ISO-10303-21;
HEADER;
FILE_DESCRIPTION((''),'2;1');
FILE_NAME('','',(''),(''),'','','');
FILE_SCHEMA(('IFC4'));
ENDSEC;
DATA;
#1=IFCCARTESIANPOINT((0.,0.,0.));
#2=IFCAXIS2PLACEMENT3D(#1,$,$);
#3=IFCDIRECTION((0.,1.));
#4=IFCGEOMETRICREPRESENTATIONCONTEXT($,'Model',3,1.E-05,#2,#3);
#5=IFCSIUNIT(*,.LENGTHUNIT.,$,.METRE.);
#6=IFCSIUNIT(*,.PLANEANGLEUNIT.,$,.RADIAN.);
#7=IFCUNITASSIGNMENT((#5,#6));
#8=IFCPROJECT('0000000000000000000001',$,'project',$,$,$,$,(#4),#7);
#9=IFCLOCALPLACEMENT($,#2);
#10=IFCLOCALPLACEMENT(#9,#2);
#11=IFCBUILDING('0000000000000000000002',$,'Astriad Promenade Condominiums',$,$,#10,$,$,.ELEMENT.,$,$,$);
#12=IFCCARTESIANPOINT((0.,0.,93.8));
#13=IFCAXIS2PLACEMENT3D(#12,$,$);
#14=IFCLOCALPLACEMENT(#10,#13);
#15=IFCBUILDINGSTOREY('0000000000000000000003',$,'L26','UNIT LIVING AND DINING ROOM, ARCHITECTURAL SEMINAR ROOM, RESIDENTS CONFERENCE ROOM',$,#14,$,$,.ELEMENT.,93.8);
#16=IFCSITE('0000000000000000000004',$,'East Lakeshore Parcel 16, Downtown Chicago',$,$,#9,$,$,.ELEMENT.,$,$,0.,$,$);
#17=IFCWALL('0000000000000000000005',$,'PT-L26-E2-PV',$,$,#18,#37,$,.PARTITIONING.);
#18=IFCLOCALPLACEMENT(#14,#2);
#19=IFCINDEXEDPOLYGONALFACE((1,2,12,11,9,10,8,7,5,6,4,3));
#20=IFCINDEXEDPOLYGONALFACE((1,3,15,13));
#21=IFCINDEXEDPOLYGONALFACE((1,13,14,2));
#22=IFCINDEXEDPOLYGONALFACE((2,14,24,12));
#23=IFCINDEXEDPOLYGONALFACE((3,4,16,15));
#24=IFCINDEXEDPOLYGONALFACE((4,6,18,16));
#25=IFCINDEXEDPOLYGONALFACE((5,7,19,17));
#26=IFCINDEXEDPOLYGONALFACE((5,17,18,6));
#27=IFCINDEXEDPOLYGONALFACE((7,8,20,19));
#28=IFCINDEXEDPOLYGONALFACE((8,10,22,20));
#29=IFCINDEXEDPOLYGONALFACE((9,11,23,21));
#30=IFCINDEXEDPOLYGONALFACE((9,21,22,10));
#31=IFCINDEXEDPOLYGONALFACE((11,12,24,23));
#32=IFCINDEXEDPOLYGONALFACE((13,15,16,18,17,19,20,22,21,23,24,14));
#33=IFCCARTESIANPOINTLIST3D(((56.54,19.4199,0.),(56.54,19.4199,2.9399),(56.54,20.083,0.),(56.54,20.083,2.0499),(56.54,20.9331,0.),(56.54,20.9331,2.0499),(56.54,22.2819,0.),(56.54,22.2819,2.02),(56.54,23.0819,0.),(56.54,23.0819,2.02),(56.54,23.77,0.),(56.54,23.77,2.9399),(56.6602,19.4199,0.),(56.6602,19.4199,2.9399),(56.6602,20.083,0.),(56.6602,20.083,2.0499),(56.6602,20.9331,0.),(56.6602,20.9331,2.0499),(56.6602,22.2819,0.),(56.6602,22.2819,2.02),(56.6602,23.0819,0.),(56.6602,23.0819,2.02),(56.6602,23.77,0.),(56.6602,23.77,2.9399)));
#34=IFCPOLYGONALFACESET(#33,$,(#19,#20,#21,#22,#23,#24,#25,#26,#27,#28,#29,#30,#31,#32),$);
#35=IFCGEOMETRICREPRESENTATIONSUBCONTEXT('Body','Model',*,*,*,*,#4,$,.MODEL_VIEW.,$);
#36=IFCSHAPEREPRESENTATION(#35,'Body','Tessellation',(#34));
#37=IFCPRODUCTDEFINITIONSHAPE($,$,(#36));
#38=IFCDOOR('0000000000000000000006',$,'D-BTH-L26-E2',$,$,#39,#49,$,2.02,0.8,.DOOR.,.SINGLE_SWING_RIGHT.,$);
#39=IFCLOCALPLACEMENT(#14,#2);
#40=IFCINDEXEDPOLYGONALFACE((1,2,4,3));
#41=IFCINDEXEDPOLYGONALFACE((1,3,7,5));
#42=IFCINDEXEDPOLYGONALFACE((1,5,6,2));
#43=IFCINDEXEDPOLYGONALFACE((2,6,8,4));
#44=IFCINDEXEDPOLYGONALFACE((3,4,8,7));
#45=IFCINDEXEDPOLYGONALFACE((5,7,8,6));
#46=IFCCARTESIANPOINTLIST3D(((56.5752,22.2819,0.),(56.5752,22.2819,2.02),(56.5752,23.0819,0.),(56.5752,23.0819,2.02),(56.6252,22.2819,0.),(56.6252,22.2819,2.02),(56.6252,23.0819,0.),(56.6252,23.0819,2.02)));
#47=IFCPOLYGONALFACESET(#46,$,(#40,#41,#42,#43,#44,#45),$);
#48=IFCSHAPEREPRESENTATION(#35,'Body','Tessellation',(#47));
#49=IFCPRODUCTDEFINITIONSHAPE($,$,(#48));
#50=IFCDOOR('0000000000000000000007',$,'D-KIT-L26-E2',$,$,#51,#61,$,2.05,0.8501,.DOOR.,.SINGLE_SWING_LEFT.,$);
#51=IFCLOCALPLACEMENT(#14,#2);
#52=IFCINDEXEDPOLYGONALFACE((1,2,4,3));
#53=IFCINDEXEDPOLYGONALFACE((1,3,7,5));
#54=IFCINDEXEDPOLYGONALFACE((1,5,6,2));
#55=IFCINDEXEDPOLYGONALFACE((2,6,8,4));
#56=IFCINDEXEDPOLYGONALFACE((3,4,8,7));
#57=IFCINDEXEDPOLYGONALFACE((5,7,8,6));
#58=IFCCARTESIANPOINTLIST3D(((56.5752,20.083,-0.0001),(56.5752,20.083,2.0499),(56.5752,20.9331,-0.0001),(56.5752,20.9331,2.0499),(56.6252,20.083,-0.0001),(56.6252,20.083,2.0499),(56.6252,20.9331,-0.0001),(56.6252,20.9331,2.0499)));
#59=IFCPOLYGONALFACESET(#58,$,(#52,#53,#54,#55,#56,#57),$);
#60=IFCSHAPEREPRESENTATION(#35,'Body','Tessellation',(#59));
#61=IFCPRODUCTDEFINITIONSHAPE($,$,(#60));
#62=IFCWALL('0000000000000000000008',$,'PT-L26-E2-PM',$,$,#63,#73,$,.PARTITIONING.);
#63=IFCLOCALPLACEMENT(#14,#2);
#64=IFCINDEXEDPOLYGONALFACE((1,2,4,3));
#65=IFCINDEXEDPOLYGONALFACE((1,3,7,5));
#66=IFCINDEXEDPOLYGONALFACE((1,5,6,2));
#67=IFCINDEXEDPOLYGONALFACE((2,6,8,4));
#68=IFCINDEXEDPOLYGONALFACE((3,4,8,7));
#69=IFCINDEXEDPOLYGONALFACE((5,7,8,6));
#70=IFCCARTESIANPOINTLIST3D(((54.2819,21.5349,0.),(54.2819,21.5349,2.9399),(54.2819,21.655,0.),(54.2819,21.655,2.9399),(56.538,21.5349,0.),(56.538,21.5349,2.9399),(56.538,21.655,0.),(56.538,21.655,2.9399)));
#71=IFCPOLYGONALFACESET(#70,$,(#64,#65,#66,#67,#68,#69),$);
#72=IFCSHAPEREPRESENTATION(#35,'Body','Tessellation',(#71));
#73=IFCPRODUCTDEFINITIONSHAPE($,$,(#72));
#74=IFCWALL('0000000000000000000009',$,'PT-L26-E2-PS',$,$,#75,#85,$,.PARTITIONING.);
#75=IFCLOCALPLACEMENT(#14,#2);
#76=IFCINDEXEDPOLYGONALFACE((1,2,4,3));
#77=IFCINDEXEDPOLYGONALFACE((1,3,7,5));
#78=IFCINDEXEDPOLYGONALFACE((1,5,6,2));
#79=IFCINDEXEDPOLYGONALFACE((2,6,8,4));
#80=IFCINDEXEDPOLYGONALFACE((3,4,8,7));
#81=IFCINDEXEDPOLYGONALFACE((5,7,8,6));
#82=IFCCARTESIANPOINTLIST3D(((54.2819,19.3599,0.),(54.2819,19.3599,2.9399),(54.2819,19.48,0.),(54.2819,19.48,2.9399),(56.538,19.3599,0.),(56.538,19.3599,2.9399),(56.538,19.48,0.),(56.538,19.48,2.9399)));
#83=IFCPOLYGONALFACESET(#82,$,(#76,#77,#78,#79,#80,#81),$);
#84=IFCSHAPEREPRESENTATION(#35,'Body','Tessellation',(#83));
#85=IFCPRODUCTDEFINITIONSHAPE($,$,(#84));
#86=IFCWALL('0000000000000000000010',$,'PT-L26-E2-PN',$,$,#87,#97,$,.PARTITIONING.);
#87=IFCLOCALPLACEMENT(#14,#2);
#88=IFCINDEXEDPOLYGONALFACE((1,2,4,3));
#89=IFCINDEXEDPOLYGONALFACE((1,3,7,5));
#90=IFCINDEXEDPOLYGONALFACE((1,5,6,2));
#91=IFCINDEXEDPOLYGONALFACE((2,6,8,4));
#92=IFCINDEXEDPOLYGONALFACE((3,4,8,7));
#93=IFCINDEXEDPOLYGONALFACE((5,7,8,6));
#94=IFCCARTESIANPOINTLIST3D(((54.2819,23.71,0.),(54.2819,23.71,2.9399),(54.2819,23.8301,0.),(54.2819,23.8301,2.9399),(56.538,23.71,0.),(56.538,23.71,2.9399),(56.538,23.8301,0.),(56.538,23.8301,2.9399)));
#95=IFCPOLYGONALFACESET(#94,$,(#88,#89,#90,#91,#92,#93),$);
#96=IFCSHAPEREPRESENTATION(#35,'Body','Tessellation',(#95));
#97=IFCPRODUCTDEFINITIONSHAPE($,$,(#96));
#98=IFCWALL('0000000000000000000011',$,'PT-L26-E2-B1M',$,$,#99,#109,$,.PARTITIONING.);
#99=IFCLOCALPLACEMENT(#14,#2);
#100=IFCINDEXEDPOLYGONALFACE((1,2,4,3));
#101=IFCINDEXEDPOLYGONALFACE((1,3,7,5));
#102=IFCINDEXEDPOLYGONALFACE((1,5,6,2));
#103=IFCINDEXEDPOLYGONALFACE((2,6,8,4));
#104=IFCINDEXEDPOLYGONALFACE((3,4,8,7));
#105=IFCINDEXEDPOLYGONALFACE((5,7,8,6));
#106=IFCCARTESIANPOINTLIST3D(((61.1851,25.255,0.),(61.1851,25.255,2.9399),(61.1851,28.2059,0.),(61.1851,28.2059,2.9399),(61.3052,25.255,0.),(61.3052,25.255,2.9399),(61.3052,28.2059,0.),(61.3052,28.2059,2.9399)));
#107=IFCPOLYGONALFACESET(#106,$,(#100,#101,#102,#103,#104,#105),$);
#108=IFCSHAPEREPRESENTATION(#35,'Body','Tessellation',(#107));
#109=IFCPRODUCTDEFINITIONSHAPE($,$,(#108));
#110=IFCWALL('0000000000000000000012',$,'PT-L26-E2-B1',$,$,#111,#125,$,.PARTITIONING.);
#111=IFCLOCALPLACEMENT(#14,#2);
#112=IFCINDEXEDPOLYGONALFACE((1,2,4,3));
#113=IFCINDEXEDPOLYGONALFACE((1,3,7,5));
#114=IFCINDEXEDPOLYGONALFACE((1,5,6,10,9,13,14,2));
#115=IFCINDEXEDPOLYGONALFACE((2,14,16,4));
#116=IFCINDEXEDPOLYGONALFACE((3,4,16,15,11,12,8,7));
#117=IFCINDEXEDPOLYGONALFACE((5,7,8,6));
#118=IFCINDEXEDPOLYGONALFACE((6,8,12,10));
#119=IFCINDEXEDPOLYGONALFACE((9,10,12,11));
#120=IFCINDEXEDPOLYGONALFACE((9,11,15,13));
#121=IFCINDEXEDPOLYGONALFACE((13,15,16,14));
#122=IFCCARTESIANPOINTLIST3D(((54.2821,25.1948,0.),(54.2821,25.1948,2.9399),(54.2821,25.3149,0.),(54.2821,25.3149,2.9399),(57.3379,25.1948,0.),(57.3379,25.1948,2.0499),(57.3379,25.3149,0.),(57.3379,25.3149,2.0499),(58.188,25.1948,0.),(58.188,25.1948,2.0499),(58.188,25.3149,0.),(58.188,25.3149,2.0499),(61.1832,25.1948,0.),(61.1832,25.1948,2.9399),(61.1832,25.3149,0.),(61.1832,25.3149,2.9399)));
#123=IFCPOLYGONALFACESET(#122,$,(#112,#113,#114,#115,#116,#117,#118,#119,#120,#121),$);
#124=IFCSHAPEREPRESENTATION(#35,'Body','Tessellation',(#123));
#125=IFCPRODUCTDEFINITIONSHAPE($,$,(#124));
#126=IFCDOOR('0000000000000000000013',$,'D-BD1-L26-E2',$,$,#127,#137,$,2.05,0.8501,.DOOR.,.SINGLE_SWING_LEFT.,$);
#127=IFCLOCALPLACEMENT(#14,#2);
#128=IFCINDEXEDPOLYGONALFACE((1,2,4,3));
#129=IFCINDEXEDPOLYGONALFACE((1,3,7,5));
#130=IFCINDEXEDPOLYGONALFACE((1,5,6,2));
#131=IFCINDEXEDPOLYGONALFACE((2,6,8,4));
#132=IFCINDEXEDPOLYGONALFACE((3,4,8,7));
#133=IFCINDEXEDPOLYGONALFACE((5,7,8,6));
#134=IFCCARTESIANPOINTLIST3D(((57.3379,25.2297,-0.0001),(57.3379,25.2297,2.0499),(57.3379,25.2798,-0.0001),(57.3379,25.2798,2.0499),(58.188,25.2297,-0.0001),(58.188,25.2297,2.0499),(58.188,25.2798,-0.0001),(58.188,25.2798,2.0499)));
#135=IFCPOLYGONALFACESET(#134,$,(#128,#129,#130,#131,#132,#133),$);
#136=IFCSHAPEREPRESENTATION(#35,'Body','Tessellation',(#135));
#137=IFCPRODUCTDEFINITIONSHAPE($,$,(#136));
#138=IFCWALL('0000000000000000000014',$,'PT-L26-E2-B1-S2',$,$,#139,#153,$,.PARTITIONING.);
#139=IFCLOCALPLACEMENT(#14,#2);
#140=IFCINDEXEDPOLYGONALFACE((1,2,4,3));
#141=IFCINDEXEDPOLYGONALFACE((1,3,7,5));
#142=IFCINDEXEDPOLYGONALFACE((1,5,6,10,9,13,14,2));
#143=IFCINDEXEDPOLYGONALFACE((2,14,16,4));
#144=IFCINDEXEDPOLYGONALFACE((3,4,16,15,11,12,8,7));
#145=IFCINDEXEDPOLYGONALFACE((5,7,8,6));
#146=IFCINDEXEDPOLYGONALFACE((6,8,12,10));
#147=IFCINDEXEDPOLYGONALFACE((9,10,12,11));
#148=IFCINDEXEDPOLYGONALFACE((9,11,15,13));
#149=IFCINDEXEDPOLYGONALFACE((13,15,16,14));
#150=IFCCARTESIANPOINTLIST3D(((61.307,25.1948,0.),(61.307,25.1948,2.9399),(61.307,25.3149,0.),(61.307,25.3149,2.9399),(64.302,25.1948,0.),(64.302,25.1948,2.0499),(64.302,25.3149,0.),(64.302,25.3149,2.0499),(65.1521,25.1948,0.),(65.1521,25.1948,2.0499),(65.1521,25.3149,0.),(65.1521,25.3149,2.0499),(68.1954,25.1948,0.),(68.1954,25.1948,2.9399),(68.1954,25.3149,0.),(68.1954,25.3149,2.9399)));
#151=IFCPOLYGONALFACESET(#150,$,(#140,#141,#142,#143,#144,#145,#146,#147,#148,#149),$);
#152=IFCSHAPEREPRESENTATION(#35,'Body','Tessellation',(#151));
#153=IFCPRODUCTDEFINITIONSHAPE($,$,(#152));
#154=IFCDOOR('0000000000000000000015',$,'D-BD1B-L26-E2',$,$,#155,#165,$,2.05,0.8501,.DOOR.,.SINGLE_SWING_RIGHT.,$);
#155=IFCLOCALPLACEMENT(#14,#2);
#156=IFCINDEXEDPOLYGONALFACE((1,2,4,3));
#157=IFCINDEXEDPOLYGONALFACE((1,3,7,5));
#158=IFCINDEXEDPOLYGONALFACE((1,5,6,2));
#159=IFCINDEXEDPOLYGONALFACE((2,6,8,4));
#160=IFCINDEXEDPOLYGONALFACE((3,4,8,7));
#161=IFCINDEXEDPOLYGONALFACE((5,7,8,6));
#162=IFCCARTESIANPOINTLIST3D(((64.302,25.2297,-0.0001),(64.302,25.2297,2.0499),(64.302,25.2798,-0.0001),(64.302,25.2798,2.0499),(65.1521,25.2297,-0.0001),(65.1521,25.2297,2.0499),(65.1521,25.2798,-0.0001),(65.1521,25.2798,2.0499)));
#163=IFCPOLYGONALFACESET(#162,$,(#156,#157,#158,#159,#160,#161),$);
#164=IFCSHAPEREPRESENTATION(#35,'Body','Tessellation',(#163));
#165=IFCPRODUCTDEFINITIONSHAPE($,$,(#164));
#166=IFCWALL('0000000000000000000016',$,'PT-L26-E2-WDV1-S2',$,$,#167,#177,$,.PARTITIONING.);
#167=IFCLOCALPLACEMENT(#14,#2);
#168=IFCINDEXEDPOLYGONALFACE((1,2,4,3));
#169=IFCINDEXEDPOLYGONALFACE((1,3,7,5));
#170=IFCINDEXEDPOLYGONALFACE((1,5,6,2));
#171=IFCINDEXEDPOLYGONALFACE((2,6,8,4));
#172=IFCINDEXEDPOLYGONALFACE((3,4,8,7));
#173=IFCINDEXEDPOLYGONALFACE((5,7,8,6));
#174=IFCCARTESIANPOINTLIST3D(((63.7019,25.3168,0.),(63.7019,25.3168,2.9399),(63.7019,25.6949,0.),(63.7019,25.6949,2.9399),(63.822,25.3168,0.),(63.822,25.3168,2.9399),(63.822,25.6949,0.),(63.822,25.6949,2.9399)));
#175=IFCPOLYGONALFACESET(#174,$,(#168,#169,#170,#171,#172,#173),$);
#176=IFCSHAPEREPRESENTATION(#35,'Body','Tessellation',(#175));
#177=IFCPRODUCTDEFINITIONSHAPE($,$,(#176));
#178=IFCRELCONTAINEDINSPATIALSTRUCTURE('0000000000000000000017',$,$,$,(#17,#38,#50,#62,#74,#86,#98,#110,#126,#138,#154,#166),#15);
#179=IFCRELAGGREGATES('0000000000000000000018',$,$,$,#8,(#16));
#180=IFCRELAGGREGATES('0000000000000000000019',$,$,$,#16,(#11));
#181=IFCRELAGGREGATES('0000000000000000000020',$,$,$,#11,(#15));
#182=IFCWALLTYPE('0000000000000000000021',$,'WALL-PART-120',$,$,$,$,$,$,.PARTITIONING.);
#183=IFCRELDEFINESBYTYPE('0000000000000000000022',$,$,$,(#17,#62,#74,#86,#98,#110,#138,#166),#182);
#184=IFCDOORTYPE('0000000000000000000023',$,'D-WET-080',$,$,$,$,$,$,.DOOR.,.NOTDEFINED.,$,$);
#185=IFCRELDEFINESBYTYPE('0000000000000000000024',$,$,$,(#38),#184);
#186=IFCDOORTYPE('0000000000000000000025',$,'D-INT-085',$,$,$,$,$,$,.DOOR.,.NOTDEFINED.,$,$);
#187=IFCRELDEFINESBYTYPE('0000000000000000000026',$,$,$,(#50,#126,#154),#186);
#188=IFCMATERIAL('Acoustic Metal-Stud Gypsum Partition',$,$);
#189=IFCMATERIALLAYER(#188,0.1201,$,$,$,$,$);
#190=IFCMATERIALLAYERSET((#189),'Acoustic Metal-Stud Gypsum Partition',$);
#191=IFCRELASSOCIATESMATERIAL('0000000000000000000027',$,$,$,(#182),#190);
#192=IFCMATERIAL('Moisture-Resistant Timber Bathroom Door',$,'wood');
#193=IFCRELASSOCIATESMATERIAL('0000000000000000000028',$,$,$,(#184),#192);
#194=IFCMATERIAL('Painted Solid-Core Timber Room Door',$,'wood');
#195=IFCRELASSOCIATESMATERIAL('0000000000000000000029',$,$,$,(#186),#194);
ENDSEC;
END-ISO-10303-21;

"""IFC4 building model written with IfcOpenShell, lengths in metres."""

from ifc_helpers import new_model, si_unit, direction, frame, frame_2d, origin, place, context, subcontext, project, spatial, rectangle, extrude, source, transform, mapped, material, layer, layer_set, type_object, type_shapes, element, fill, save


model = new_model("IFC4")

# Units and contexts
model_context = context("Model", 3, precision=1e-05, world=origin(), true_north=direction((0.0, 1.0)))
body_context = subcontext(model_context, "Body", "Model", "MODEL_VIEW")
ifc_project = project(units=[si_unit("LENGTHUNIT", "METRE"), si_unit("PLANEANGLEUNIT", "RADIAN")], contexts=[model_context])

# Site, building, storey
site_placement = place(None, origin())
site = spatial("IfcSite", under=ifc_project, at=site_placement, Name="East Lakeshore Parcel 16, Downtown Chicago", CompositionType="ELEMENT", RefElevation=0.0)
building_placement = place(site_placement, origin())
building = spatial("IfcBuilding", under=site, at=building_placement, Name="Astriad Promenade Condominiums", CompositionType="ELEMENT")
storey_placement = place(building_placement, frame((0.0, 0.0, 93.8)))
storey = spatial("IfcBuildingStorey", under=building, at=storey_placement, Name="L26", Description="UNIT LIVING AND DINING ROOM, ARCHITECTURAL SEMINAR ROOM, RESIDENTS CONFERENCE ROOM", CompositionType="ELEMENT", Elevation=93.8)

# Wall, openings, doors
ifc_material_1 = material(Name="Acoustic Metal-Stud Gypsum Partition")
ifc_layer_1 = layer(ifc_material_1, 0.1201)
ifc_layer_set_1 = layer_set([ifc_layer_1], Name="Acoustic Metal-Stud Gypsum Partition")
wall_type_1 = type_object("IfcWallType", Name="WALL-PART-120", PredefinedType="PARTITIONING", material=ifc_layer_set_1)
wall_1_placement = place(storey_placement, frame((56.6001, 19.4199, 0.0), z_axis=(0.0, 0.0, 1.0), x_axis=(0.0, 1.0, 0.0)))
wall_1 = element("IfcWall", 1, at=wall_1_placement, inside=storey, type_object=wall_type_1, Name="PT-L26-E2-PV", PredefinedType="PARTITIONING", context=body_context, shape_type="SweptSolid", body=[
    extrude(rectangle(XDim=4.3501, YDim=0.1201, at=frame_2d((2.175, 0.0))), origin(), (0.0, 0.0, 1.0), 2.9399),
])
opening_1_placement = place(wall_1_placement, frame((0.6631, 0.0, 0.0)))
opening_1 = element("IfcOpeningElement", 2, at=opening_1_placement, cuts=wall_1, PredefinedType="OPENING", context=body_context, shape_type="SweptSolid", body=[
    extrude(rectangle(XDim=0.8501, YDim=2.05, at=frame_2d((0.425, 1.0249))), frame((0.0, 0.0701, 0.0), z_axis=(0.0, -1.0, 0.0), x_axis=(1.0, 0.0, 0.0)), (0.0, 0.0, 1.0), 0.1401),
])
opening_2_placement = place(wall_1_placement, frame((2.8621, 0.0, 0.0)))
opening_2 = element("IfcOpeningElement", 3, at=opening_2_placement, cuts=wall_1, PredefinedType="OPENING", context=body_context, shape_type="SweptSolid", body=[
    extrude(rectangle(XDim=0.8, YDim=2.02, at=frame_2d((0.3999, 1.01))), frame((0.0, 0.0701, 0.0), z_axis=(0.0, -1.0, 0.0), x_axis=(1.0, 0.0, 0.0)), (0.0, 0.0, 1.0), 0.1401),
])
ifc_material_2 = material(Name="Moisture-Resistant Timber Bathroom Door", Category="wood")
door_type_1 = type_object("IfcDoorType", Name="D-WET-080", OperationType="NOTDEFINED", PredefinedType="DOOR", material=ifc_material_2)
shared_shape_1 = source(origin(), body_context, "Body", "SweptSolid", [
    extrude(rectangle(XDim=0.8, YDim=2.02, at=frame_2d((0.3999, 1.01))), frame((0.0, 0.0249, 0.0), z_axis=(0.0, -1.0, 0.0), x_axis=(1.0, 0.0, 0.0)), (0.0, 0.0, 1.0), 0.05),
])
type_shapes(door_type_1, [shared_shape_1])
door_1_placement = place(opening_2_placement, origin())
door_1 = element("IfcDoor", 4, at=door_1_placement, inside=storey, type_object=door_type_1, Name="D-BTH-L26-E2", OperationType="SINGLE_SWING_RIGHT", OverallHeight=2.02, OverallWidth=0.8, PredefinedType="DOOR", context=body_context, shape_type="MappedRepresentation", body=[
    mapped(shared_shape_1, transform((0.0, 0.0, 0.0), scale=1.0)),
])
fill(opening_2, door_1)
ifc_material_3 = material(Name="Painted Solid-Core Timber Room Door", Category="wood")
door_type_2 = type_object("IfcDoorType", Name="D-INT-085", OperationType="NOTDEFINED", PredefinedType="DOOR", material=ifc_material_3)
shared_shape_2 = source(origin(), body_context, "Body", "SweptSolid", [
    extrude(rectangle(XDim=0.8501, YDim=2.05, at=frame_2d((0.425, 1.0249))), frame((0.0, 0.0249, 0.0), z_axis=(0.0, -1.0, 0.0), x_axis=(1.0, 0.0, 0.0)), (0.0, 0.0, 1.0), 0.05),
])
type_shapes(door_type_2, [shared_shape_2])
door_2_placement = place(opening_1_placement, origin())
door_2 = element("IfcDoor", 5, at=door_2_placement, inside=storey, type_object=door_type_2, Name="D-KIT-L26-E2", OperationType="SINGLE_SWING_LEFT", OverallHeight=2.05, OverallWidth=0.8501, PredefinedType="DOOR", context=body_context, shape_type="MappedRepresentation", body=[
    mapped(shared_shape_2, transform((0.0, 0.0, 0.0), scale=1.0)),
])
fill(opening_1, door_2)

# Walls
for number, where, z_axis, x_axis, name in (
    (6, (54.282, 21.595, 0.0), (0.0, 0.0, 1.0), (1.0, 0.0, 0.0), "PT-L26-E2-PM"),
    (7, (54.282, 19.4199, 0.0), (0.0, 0.0, 1.0), (1.0, 0.0, 0.0), "PT-L26-E2-PS"),
    (8, (54.282, 23.77, 0.0), (0.0, 0.0, 1.0), (1.0, 0.0, 0.0), "PT-L26-E2-PN"),
):
    element("IfcWall", number, at=place(storey_placement, frame(where, z_axis=z_axis, x_axis=x_axis)), inside=storey, type_object=wall_type_1, Name=name, PredefinedType="PARTITIONING", context=body_context, shape_type="SweptSolid", body=[
        extrude(rectangle(XDim=2.2561, YDim=0.1201, at=frame_2d((1.1279, 0.0))), origin(), (0.0, 0.0, 1.0), 2.9399),
    ])
wall_2_placement = place(storey_placement, frame((61.2451, 25.2549, 0.0), z_axis=(0.0, 0.0, 1.0), x_axis=(0.0, 1.0, 0.0)))
element("IfcWall", 9, at=wall_2_placement, inside=storey, type_object=wall_type_1, Name="PT-L26-E2-B1M", PredefinedType="PARTITIONING", context=body_context, shape_type="SweptSolid", body=[
    extrude(rectangle(XDim=2.9509, YDim=0.1201, at=frame_2d((1.4756, 0.0))), origin(), (0.0, 0.0, 1.0), 2.9399),
])

# Walls, openings, doors
wall_3_placement = place(storey_placement, frame((54.282, 25.2549, 0.0), z_axis=(0.0, 0.0, 1.0), x_axis=(1.0, 0.0, 0.0)))
wall_3 = element("IfcWall", 10, at=wall_3_placement, inside=storey, type_object=wall_type_1, Name="PT-L26-E2-B1", PredefinedType="PARTITIONING", context=body_context, shape_type="SweptSolid", body=[
    extrude(rectangle(XDim=6.9011, YDim=0.1201, at=frame_2d((3.4507, 0.0))), origin(), (0.0, 0.0, 1.0), 2.9399),
])
opening_3_placement = place(wall_3_placement, frame((3.0559, 0.0, 0.0)))
opening_3 = element("IfcOpeningElement", 11, at=opening_3_placement, cuts=wall_3, PredefinedType="OPENING", context=body_context, shape_type="SweptSolid", body=[
    extrude(rectangle(XDim=0.8501, YDim=2.05, at=frame_2d((0.425, 1.0249))), frame((0.0, 0.0701, 0.0), z_axis=(0.0, -1.0, 0.0), x_axis=(1.0, 0.0, 0.0)), (0.0, 0.0, 1.0), 0.1401),
])
door_3_placement = place(opening_3_placement, origin())
door_3 = element("IfcDoor", 12, at=door_3_placement, inside=storey, type_object=door_type_2, Name="D-BD1-L26-E2", OperationType="SINGLE_SWING_LEFT", OverallHeight=2.05, OverallWidth=0.8501, PredefinedType="DOOR", context=body_context, shape_type="MappedRepresentation", body=[
    mapped(shared_shape_2, transform((0.0, 0.0, 0.0), scale=1.0)),
])
fill(opening_3, door_3)
wall_4_placement = place(storey_placement, frame((61.3069, 25.2549, 0.0), z_axis=(0.0, 0.0, 1.0), x_axis=(1.0, 0.0, 0.0)))
wall_4 = element("IfcWall", 13, at=wall_4_placement, inside=storey, type_object=wall_type_1, Name="PT-L26-E2-B1-S2", PredefinedType="PARTITIONING", context=body_context, shape_type="SweptSolid", body=[
    extrude(rectangle(XDim=6.8884, YDim=0.1201, at=frame_2d((3.4443, 0.0))), origin(), (0.0, 0.0, 1.0), 2.9399),
])
opening_4_placement = place(wall_4_placement, frame((2.9951, 0.0, 0.0)))
opening_4 = element("IfcOpeningElement", 14, at=opening_4_placement, cuts=wall_4, PredefinedType="OPENING", context=body_context, shape_type="SweptSolid", body=[
    extrude(rectangle(XDim=0.8501, YDim=2.05, at=frame_2d((0.425, 1.0249))), frame((0.0, 0.0701, 0.0), z_axis=(0.0, -1.0, 0.0), x_axis=(1.0, 0.0, 0.0)), (0.0, 0.0, 1.0), 0.1401),
])
door_4_placement = place(opening_4_placement, origin())
door_4 = element("IfcDoor", 15, at=door_4_placement, inside=storey, type_object=door_type_2, Name="D-BD1B-L26-E2", OperationType="SINGLE_SWING_RIGHT", OverallHeight=2.05, OverallWidth=0.8501, PredefinedType="DOOR", context=body_context, shape_type="MappedRepresentation", body=[
    mapped(shared_shape_2, transform((0.0, 0.0, 0.0), scale=1.0)),
])
fill(opening_4, door_4)

# Wall
wall_5_placement = place(storey_placement, frame((63.762, 25.3169, 0.0), z_axis=(0.0, 0.0, 1.0), x_axis=(0.0, 1.0, 0.0)))
element("IfcWall", 16, at=wall_5_placement, inside=storey, type_object=wall_type_1, Name="PT-L26-E2-WDV1-S2", PredefinedType="PARTITIONING", context=body_context, shape_type="SweptSolid", body=[
    extrude(rectangle(XDim=0.3782, YDim=0.1201, at=frame_2d((0.189, 0.0))), origin(), (0.0, 0.0, 1.0), 2.9399),
])

save(model, "model.ifc")
